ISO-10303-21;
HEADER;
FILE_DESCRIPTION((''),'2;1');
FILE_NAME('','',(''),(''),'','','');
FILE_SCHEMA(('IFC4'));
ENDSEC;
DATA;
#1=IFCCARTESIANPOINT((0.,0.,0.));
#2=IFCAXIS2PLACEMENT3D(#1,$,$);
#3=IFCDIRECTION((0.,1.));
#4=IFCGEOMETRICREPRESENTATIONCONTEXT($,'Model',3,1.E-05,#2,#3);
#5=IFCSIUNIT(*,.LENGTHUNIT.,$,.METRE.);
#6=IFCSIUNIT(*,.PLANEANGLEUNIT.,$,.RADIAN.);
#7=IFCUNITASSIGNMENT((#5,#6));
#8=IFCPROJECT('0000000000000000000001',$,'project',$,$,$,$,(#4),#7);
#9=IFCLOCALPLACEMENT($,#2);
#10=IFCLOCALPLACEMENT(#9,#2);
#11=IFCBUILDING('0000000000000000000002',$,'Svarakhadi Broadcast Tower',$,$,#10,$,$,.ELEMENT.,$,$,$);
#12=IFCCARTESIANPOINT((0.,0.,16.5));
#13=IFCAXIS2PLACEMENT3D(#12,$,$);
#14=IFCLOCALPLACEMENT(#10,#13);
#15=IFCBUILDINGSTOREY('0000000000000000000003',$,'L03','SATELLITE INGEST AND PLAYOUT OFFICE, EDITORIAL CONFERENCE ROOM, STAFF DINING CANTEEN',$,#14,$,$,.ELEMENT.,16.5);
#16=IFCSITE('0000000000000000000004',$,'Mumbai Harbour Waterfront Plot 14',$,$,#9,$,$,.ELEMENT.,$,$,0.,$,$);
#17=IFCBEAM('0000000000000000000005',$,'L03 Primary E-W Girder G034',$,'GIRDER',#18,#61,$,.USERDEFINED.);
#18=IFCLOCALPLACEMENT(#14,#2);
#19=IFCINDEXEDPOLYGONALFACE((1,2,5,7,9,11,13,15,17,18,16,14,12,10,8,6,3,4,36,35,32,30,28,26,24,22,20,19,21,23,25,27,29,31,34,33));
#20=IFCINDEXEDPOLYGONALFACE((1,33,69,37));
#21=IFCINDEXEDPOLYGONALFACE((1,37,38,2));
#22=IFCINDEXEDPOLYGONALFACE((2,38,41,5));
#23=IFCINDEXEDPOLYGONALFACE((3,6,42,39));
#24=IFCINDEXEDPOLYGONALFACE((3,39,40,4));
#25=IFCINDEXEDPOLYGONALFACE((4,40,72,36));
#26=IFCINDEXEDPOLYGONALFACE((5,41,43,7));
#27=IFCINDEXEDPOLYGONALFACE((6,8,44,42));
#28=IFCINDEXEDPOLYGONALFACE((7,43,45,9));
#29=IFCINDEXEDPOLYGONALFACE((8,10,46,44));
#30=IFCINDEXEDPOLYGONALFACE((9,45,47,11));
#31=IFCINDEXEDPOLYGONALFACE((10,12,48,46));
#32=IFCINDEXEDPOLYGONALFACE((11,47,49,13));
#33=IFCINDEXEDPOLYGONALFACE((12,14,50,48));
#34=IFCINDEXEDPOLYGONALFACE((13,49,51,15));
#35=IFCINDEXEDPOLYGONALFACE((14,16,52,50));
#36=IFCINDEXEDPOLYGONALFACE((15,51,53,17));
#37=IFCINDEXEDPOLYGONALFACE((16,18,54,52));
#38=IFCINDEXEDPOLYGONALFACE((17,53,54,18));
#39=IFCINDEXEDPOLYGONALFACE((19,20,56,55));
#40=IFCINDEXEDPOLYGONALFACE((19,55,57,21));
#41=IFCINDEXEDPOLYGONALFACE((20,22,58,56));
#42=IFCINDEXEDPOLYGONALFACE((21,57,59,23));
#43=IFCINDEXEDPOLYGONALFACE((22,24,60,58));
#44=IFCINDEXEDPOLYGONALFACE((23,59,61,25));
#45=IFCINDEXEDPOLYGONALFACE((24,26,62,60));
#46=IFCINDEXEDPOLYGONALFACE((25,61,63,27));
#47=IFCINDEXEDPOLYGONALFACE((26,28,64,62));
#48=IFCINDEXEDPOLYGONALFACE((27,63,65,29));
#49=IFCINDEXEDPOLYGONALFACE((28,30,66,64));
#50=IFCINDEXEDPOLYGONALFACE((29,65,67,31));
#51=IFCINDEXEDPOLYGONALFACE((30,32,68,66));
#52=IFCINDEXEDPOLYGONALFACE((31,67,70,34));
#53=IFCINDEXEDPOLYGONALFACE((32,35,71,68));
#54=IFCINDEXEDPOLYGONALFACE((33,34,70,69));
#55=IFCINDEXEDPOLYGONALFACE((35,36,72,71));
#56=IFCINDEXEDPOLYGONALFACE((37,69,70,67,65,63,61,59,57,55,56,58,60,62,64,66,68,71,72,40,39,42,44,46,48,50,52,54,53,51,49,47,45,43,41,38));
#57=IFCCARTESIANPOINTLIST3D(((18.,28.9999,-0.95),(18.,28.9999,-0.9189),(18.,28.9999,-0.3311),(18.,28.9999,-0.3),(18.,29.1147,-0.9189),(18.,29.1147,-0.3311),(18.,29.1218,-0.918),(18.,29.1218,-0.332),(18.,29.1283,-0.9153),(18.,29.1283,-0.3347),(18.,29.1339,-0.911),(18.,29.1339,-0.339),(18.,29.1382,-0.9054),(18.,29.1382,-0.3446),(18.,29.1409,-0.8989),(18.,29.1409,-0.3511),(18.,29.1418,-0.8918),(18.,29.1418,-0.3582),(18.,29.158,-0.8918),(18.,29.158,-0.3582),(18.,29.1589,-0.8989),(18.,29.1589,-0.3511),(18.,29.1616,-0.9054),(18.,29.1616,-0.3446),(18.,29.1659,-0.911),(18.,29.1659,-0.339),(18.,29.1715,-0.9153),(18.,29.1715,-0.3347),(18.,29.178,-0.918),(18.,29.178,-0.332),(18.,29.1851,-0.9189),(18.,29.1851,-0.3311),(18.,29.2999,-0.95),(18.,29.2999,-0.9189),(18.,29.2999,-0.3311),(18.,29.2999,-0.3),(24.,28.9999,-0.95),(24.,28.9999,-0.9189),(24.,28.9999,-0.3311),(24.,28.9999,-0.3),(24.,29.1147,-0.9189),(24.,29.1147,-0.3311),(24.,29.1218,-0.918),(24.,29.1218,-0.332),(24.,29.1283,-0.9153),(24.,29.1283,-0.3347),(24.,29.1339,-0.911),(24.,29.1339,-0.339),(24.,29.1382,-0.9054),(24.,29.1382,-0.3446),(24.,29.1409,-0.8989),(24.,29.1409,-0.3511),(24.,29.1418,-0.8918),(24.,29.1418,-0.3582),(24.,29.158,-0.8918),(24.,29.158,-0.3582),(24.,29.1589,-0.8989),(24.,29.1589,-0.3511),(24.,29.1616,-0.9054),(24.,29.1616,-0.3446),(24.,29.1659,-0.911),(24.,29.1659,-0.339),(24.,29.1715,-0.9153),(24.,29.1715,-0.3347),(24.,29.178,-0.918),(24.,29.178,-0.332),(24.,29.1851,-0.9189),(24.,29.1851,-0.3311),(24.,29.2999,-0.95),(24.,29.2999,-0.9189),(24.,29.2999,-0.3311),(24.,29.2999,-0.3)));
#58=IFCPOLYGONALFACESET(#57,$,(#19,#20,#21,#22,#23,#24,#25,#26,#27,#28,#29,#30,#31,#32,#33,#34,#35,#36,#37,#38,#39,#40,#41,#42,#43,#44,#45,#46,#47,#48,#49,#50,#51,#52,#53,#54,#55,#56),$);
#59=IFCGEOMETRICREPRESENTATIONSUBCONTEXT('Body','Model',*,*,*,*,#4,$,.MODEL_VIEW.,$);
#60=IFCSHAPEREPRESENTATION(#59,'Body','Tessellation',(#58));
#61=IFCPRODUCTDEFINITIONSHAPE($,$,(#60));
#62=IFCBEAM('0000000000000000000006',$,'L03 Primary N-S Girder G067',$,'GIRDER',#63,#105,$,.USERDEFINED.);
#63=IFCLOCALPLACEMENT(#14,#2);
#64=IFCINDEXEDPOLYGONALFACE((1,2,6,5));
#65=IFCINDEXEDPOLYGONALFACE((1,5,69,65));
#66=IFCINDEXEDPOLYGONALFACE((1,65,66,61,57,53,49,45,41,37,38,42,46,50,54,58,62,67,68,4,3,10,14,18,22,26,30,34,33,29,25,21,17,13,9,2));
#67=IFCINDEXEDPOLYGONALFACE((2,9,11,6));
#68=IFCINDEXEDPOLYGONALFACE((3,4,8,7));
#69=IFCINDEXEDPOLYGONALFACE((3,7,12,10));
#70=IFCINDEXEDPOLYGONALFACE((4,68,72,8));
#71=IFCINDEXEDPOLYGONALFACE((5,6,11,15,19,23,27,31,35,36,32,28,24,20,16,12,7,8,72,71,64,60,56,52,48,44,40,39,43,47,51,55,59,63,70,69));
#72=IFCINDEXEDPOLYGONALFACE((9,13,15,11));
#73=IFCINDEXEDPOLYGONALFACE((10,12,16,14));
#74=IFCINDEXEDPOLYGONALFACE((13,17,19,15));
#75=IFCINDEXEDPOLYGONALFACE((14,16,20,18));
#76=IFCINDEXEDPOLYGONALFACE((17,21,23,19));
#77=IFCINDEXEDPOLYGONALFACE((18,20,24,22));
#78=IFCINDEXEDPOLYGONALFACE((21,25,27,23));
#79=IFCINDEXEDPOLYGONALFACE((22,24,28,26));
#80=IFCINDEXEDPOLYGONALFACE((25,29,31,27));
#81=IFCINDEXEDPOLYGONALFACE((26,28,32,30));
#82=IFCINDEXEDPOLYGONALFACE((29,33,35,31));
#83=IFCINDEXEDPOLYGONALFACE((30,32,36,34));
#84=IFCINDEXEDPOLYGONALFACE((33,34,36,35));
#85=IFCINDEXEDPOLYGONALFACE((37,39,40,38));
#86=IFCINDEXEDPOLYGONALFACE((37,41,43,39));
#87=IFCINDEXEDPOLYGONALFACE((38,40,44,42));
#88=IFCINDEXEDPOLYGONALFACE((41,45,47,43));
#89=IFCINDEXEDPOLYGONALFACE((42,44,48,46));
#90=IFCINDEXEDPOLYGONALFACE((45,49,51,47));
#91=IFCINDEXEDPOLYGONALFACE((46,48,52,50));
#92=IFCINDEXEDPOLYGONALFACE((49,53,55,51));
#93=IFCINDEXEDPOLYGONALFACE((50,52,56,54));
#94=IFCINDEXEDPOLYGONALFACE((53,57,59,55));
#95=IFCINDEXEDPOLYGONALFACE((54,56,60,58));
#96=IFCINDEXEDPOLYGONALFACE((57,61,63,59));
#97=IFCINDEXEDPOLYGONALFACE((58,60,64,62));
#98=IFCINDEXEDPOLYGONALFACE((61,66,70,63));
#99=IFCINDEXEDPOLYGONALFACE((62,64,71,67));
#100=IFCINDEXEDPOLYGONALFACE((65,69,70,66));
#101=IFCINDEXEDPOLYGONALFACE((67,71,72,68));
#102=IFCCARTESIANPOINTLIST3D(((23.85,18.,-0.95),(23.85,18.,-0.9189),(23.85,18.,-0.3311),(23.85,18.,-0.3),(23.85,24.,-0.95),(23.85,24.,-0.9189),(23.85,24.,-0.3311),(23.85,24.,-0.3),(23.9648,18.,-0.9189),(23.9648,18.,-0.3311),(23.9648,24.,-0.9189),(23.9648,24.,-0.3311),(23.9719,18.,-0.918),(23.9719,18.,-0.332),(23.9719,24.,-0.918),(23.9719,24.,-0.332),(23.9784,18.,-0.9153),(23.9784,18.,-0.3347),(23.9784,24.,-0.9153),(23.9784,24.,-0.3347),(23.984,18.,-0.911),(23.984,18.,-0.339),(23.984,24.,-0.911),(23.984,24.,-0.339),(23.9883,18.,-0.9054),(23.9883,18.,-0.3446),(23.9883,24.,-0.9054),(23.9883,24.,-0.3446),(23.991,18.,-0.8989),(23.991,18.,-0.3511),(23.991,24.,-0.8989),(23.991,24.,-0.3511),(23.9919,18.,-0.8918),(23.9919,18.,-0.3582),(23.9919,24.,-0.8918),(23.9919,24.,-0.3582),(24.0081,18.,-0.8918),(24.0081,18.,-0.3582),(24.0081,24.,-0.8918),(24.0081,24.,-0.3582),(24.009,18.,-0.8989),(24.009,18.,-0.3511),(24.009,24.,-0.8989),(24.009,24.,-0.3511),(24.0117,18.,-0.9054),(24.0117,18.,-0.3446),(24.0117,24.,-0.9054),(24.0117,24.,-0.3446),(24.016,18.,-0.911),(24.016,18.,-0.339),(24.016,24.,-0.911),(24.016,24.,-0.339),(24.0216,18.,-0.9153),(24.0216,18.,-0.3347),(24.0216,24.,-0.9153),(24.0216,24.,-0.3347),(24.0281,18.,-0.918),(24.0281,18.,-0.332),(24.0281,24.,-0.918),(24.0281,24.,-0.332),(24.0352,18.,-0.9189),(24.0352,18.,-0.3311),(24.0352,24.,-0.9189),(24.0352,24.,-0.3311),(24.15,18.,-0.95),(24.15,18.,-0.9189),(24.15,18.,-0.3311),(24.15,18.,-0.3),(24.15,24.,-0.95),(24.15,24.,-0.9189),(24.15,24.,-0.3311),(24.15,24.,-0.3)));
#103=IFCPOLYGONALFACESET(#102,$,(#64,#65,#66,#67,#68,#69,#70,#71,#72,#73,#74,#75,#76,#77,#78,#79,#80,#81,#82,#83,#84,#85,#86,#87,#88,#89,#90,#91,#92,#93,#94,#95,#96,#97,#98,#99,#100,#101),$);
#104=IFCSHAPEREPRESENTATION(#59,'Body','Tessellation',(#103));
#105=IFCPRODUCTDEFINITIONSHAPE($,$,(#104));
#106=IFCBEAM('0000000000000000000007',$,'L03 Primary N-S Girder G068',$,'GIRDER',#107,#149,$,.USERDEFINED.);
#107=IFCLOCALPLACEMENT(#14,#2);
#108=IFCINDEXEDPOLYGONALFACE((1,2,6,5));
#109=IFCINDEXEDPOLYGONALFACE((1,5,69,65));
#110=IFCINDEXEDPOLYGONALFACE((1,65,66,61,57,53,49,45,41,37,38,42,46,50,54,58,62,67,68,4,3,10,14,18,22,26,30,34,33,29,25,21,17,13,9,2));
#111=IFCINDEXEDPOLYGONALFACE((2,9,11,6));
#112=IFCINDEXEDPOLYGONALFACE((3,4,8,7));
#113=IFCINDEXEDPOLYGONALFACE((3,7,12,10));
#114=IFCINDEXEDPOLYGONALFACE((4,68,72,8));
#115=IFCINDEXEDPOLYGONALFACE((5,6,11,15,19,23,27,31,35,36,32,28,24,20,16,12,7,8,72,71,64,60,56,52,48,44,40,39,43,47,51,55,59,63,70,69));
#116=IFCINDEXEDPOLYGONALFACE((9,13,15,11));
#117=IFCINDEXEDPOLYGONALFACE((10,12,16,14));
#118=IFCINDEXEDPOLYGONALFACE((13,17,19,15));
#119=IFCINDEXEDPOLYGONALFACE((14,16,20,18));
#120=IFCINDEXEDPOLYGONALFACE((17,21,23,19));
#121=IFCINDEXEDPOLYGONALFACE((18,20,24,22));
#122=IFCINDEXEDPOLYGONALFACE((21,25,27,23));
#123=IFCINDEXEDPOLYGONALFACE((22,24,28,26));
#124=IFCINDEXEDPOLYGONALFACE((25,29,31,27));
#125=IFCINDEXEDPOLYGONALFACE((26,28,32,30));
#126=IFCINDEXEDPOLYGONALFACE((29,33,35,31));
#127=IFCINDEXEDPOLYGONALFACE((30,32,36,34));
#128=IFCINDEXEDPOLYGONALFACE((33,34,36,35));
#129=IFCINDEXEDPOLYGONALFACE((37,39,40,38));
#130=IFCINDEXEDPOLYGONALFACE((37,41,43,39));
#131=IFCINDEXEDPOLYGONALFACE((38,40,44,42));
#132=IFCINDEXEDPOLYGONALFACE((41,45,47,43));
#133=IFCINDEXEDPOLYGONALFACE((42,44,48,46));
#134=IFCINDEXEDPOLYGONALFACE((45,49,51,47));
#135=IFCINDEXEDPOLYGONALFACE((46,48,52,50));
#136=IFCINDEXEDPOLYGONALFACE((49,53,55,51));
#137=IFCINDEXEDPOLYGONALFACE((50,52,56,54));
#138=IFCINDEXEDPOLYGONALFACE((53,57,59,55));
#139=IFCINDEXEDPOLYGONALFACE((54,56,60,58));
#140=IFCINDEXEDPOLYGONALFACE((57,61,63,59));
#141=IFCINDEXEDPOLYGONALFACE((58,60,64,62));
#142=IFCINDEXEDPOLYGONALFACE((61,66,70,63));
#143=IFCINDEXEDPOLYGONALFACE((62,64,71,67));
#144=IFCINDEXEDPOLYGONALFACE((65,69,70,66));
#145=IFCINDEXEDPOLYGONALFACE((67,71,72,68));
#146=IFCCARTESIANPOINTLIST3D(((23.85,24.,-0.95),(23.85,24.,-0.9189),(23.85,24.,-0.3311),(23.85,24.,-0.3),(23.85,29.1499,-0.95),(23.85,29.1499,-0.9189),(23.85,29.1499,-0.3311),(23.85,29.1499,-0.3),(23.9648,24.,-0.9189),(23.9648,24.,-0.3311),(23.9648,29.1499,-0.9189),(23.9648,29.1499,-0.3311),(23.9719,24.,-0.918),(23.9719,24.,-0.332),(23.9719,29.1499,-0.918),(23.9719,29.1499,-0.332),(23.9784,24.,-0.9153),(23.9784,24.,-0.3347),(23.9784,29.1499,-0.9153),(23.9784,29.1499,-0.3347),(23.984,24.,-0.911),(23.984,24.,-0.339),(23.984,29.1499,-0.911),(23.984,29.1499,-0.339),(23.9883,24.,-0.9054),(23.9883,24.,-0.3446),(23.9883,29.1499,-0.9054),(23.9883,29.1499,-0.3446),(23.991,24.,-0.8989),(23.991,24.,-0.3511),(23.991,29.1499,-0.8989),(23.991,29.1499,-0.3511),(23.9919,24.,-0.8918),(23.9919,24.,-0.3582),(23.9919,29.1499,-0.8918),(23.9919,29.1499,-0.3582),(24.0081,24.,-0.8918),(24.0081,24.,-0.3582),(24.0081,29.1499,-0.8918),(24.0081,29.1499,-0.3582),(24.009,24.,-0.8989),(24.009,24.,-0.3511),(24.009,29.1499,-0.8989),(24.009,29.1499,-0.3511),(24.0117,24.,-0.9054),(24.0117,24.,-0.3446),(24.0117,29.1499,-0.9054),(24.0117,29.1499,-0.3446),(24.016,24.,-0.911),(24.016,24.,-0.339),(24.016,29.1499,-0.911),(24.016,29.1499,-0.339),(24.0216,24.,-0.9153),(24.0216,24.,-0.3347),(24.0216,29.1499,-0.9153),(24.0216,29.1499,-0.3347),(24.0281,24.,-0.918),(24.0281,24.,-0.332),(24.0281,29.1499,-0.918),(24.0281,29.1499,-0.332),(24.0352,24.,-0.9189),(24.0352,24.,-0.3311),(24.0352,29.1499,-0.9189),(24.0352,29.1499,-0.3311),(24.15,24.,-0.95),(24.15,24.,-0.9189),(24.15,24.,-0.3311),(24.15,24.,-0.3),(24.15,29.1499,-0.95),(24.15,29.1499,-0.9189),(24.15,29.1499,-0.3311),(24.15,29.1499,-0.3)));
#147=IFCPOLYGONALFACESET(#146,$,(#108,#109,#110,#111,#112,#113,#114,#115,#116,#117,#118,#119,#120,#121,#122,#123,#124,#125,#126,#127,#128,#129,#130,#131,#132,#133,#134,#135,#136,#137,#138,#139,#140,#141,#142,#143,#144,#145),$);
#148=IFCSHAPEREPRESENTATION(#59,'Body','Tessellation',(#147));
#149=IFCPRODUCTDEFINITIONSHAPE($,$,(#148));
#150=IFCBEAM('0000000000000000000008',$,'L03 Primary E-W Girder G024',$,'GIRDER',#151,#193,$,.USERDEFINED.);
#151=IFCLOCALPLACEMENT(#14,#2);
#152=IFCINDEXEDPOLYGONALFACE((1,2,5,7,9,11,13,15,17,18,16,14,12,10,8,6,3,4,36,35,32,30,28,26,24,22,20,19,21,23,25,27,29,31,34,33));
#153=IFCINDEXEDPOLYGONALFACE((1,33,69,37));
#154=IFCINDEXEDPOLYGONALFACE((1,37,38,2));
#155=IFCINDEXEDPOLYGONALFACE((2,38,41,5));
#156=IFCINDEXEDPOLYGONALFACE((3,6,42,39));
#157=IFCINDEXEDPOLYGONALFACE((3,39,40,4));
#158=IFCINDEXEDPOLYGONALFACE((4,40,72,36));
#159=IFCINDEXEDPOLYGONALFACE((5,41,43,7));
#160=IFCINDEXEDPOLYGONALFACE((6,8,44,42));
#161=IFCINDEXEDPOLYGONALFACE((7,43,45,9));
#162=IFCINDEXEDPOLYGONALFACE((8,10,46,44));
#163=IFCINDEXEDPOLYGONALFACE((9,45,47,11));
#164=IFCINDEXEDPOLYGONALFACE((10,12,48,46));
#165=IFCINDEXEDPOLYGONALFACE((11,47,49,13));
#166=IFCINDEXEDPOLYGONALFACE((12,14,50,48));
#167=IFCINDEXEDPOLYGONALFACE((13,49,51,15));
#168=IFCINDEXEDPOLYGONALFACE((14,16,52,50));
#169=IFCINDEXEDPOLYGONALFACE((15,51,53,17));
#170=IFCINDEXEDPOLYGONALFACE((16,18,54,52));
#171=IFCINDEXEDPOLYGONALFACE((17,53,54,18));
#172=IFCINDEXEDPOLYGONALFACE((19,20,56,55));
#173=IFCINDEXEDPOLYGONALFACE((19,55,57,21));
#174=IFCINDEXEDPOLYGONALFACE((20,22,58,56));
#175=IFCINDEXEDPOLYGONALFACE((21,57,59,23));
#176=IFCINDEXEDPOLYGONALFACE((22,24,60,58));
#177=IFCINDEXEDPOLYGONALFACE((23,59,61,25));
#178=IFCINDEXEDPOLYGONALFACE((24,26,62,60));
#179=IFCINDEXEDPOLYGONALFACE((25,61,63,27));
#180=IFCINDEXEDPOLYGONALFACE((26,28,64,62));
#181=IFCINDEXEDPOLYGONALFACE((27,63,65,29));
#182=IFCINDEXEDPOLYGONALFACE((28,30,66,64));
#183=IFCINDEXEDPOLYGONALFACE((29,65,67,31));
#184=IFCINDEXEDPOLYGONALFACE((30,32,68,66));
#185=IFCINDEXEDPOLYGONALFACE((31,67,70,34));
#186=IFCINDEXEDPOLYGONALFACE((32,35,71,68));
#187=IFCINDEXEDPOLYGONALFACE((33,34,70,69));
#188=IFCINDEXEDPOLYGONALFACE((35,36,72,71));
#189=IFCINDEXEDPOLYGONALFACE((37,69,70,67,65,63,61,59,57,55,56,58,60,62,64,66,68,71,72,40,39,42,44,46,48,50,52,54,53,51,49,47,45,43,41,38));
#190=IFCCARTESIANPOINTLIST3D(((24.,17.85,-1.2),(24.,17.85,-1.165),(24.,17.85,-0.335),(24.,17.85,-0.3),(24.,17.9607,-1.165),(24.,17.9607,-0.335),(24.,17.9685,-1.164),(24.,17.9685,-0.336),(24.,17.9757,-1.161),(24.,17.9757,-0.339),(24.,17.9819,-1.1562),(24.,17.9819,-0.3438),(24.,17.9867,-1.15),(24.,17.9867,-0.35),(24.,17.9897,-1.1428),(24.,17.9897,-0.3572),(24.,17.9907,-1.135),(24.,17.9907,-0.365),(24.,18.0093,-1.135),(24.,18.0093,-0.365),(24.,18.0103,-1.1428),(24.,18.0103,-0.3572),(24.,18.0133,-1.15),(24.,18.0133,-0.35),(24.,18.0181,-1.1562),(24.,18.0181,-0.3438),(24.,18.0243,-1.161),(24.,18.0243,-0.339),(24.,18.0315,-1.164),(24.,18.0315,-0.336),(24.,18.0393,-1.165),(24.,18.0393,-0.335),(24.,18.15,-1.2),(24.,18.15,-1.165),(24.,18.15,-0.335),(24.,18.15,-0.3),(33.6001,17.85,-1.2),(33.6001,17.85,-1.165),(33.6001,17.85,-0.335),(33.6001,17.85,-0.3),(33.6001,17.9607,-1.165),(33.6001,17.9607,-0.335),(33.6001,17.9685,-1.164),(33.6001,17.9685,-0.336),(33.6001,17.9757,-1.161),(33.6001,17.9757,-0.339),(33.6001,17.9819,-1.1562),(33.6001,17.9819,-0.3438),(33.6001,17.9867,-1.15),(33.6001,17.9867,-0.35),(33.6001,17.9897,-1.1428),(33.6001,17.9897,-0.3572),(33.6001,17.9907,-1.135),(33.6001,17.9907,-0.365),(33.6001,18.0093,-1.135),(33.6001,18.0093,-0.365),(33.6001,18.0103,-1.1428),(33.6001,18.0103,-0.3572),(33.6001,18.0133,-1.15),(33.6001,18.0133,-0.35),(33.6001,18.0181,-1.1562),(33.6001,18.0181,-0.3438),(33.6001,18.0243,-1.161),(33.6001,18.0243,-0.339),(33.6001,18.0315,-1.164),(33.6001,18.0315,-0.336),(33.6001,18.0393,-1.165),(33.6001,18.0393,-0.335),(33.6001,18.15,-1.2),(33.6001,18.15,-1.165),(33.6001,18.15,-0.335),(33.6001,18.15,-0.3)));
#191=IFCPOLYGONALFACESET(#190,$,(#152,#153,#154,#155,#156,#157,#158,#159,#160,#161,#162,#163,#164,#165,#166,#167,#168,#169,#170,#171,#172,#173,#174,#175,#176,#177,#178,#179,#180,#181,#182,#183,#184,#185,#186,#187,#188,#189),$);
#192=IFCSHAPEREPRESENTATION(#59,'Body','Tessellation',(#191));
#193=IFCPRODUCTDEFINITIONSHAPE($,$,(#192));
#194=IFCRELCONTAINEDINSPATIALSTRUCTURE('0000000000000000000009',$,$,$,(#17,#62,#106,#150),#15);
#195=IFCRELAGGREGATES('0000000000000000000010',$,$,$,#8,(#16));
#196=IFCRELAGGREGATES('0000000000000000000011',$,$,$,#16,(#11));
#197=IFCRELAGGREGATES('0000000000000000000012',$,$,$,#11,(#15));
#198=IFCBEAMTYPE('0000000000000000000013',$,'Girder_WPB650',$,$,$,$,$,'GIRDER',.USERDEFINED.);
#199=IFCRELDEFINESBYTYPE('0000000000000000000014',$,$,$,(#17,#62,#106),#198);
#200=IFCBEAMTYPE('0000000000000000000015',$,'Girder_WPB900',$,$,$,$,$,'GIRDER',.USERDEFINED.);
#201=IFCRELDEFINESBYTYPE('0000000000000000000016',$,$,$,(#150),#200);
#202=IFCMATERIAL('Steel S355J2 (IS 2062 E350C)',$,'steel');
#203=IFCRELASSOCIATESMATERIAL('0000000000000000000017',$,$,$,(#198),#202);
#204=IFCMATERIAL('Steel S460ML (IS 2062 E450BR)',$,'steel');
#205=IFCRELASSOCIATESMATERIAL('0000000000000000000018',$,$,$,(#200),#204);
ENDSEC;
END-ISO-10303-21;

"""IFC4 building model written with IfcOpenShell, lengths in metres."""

from ifc_helpers import new_model, si_unit, direction, frame, origin, origin_2d, place, context, subcontext, project, spatial, i_section, extrude, material, material_profile, profile_set, type_object, element, save


model = new_model("IFC4")

# Units and contexts
model_context = context("Model", 3, precision=1e-05, world=origin(), true_north=direction((0.0, 1.0)))
body_context = subcontext(model_context, "Body", "Model", "MODEL_VIEW")
ifc_project = project(units=[si_unit("LENGTHUNIT", "METRE"), si_unit("PLANEANGLEUNIT", "RADIAN")], contexts=[model_context])

# Site, building, storey
site_placement = place(None, origin())
site = spatial("IfcSite", under=ifc_project, at=site_placement, Name="Mumbai Harbour Waterfront Plot 14", CompositionType="ELEMENT", RefElevation=0.0)
building_placement = place(site_placement, origin())
building = spatial("IfcBuilding", under=site, at=building_placement, Name="Svarakhadi Broadcast Tower", CompositionType="ELEMENT")
storey_placement = place(building_placement, frame((0.0, 0.0, 16.5)))
storey = spatial("IfcBuildingStorey", under=building, at=storey_placement, Name="L03", Description="SATELLITE INGEST AND PLAYOUT OFFICE, EDITORIAL CONFERENCE ROOM, STAFF DINING CANTEEN", CompositionType="ELEMENT", Elevation=16.5)

# Shared definitions
ifc_material_1 = material(Name="Steel S460ML (IS 2062 E450BR)", Category="steel")

# Beams
ifc_material_2 = material(Name="Steel S355J2 (IS 2062 E350C)", Category="steel")
ifc_material_profile_1 = material_profile(ifc_material_2, i_section(OverallWidth=0.3, OverallDepth=0.6499, WebThickness=0.0161, FlangeThickness=0.031, FilletRadius=0.0271, at=origin_2d()), Name="WPB 650x300x225")
ifc_profile_set_1 = profile_set([ifc_material_profile_1], Name="Steel S355J2 (IS 2062 E350C)")
beam_type_1 = type_object("IfcBeamType", Name="Girder_WPB650", ElementType="GIRDER", PredefinedType="USERDEFINED", material=ifc_profile_set_1)
for number, where, z_axis, x_axis, name in (
    (1, (18.0, 29.1499, -0.625), (1.0, 0.0, 0.0), (0.0, 1.0, 0.0), "L03 Primary E-W Girder G034"),
    (2, (24.0, 18.0, -0.625), (0.0, 1.0, 0.0), (-1.0, 0.0, 0.0), "L03 Primary N-S Girder G067"),
):
    element("IfcBeam", number, at=place(storey_placement, frame(where, z_axis=z_axis, x_axis=x_axis)), inside=storey, type_object=beam_type_1, Name=name, ObjectType="GIRDER", PredefinedType="USERDEFINED", context=body_context, shape_type="SweptSolid", body=[
        extrude(i_section(OverallWidth=0.3, OverallDepth=0.6499, WebThickness=0.0161, FlangeThickness=0.031, FilletRadius=0.0271, at=origin_2d()), origin(), (0.0, 0.0, 1.0), 6.0),
    ])
beam_1_placement = place(storey_placement, frame((24.0, 24.0, -0.625), z_axis=(0.0, 1.0, 0.0), x_axis=(-1.0, 0.0, 0.0)))
element("IfcBeam", 3, at=beam_1_placement, inside=storey, type_object=beam_type_1, Name="L03 Primary N-S Girder G068", ObjectType="GIRDER", PredefinedType="USERDEFINED", context=body_context, shape_type="SweptSolid", body=[
    extrude(i_section(OverallWidth=0.3, OverallDepth=0.6499, WebThickness=0.0161, FlangeThickness=0.031, FilletRadius=0.0271, at=origin_2d()), origin(), (0.0, 0.0, 1.0), 5.1499),
])
ifc_material_profile_2 = material_profile(ifc_material_1, i_section(OverallWidth=0.3, OverallDepth=0.8999, WebThickness=0.0186, FlangeThickness=0.0349, FilletRadius=0.03, at=origin_2d()), Name="WPB 900x300x291")
ifc_profile_set_2 = profile_set([ifc_material_profile_2], Name="Steel S460ML (IS 2062 E450BR)")
beam_type_2 = type_object("IfcBeamType", Name="Girder_WPB900", ElementType="GIRDER", PredefinedType="USERDEFINED", material=ifc_profile_set_2)
beam_2_placement = place(storey_placement, frame((24.0, 18.0, -0.75), z_axis=(1.0, 0.0, 0.0), x_axis=(0.0, 1.0, 0.0)))
element("IfcBeam", 4, at=beam_2_placement, inside=storey, type_object=beam_type_2, Name="L03 Primary E-W Girder G024", ObjectType="GIRDER", PredefinedType="USERDEFINED", context=body_context, shape_type="SweptSolid", body=[
    extrude(i_section(OverallWidth=0.3, OverallDepth=0.8999, WebThickness=0.0186, FlangeThickness=0.0349, FilletRadius=0.03, at=origin_2d()), origin(), (0.0, 0.0, 1.0), 9.6001),
])

save(model, "model.ifc")
